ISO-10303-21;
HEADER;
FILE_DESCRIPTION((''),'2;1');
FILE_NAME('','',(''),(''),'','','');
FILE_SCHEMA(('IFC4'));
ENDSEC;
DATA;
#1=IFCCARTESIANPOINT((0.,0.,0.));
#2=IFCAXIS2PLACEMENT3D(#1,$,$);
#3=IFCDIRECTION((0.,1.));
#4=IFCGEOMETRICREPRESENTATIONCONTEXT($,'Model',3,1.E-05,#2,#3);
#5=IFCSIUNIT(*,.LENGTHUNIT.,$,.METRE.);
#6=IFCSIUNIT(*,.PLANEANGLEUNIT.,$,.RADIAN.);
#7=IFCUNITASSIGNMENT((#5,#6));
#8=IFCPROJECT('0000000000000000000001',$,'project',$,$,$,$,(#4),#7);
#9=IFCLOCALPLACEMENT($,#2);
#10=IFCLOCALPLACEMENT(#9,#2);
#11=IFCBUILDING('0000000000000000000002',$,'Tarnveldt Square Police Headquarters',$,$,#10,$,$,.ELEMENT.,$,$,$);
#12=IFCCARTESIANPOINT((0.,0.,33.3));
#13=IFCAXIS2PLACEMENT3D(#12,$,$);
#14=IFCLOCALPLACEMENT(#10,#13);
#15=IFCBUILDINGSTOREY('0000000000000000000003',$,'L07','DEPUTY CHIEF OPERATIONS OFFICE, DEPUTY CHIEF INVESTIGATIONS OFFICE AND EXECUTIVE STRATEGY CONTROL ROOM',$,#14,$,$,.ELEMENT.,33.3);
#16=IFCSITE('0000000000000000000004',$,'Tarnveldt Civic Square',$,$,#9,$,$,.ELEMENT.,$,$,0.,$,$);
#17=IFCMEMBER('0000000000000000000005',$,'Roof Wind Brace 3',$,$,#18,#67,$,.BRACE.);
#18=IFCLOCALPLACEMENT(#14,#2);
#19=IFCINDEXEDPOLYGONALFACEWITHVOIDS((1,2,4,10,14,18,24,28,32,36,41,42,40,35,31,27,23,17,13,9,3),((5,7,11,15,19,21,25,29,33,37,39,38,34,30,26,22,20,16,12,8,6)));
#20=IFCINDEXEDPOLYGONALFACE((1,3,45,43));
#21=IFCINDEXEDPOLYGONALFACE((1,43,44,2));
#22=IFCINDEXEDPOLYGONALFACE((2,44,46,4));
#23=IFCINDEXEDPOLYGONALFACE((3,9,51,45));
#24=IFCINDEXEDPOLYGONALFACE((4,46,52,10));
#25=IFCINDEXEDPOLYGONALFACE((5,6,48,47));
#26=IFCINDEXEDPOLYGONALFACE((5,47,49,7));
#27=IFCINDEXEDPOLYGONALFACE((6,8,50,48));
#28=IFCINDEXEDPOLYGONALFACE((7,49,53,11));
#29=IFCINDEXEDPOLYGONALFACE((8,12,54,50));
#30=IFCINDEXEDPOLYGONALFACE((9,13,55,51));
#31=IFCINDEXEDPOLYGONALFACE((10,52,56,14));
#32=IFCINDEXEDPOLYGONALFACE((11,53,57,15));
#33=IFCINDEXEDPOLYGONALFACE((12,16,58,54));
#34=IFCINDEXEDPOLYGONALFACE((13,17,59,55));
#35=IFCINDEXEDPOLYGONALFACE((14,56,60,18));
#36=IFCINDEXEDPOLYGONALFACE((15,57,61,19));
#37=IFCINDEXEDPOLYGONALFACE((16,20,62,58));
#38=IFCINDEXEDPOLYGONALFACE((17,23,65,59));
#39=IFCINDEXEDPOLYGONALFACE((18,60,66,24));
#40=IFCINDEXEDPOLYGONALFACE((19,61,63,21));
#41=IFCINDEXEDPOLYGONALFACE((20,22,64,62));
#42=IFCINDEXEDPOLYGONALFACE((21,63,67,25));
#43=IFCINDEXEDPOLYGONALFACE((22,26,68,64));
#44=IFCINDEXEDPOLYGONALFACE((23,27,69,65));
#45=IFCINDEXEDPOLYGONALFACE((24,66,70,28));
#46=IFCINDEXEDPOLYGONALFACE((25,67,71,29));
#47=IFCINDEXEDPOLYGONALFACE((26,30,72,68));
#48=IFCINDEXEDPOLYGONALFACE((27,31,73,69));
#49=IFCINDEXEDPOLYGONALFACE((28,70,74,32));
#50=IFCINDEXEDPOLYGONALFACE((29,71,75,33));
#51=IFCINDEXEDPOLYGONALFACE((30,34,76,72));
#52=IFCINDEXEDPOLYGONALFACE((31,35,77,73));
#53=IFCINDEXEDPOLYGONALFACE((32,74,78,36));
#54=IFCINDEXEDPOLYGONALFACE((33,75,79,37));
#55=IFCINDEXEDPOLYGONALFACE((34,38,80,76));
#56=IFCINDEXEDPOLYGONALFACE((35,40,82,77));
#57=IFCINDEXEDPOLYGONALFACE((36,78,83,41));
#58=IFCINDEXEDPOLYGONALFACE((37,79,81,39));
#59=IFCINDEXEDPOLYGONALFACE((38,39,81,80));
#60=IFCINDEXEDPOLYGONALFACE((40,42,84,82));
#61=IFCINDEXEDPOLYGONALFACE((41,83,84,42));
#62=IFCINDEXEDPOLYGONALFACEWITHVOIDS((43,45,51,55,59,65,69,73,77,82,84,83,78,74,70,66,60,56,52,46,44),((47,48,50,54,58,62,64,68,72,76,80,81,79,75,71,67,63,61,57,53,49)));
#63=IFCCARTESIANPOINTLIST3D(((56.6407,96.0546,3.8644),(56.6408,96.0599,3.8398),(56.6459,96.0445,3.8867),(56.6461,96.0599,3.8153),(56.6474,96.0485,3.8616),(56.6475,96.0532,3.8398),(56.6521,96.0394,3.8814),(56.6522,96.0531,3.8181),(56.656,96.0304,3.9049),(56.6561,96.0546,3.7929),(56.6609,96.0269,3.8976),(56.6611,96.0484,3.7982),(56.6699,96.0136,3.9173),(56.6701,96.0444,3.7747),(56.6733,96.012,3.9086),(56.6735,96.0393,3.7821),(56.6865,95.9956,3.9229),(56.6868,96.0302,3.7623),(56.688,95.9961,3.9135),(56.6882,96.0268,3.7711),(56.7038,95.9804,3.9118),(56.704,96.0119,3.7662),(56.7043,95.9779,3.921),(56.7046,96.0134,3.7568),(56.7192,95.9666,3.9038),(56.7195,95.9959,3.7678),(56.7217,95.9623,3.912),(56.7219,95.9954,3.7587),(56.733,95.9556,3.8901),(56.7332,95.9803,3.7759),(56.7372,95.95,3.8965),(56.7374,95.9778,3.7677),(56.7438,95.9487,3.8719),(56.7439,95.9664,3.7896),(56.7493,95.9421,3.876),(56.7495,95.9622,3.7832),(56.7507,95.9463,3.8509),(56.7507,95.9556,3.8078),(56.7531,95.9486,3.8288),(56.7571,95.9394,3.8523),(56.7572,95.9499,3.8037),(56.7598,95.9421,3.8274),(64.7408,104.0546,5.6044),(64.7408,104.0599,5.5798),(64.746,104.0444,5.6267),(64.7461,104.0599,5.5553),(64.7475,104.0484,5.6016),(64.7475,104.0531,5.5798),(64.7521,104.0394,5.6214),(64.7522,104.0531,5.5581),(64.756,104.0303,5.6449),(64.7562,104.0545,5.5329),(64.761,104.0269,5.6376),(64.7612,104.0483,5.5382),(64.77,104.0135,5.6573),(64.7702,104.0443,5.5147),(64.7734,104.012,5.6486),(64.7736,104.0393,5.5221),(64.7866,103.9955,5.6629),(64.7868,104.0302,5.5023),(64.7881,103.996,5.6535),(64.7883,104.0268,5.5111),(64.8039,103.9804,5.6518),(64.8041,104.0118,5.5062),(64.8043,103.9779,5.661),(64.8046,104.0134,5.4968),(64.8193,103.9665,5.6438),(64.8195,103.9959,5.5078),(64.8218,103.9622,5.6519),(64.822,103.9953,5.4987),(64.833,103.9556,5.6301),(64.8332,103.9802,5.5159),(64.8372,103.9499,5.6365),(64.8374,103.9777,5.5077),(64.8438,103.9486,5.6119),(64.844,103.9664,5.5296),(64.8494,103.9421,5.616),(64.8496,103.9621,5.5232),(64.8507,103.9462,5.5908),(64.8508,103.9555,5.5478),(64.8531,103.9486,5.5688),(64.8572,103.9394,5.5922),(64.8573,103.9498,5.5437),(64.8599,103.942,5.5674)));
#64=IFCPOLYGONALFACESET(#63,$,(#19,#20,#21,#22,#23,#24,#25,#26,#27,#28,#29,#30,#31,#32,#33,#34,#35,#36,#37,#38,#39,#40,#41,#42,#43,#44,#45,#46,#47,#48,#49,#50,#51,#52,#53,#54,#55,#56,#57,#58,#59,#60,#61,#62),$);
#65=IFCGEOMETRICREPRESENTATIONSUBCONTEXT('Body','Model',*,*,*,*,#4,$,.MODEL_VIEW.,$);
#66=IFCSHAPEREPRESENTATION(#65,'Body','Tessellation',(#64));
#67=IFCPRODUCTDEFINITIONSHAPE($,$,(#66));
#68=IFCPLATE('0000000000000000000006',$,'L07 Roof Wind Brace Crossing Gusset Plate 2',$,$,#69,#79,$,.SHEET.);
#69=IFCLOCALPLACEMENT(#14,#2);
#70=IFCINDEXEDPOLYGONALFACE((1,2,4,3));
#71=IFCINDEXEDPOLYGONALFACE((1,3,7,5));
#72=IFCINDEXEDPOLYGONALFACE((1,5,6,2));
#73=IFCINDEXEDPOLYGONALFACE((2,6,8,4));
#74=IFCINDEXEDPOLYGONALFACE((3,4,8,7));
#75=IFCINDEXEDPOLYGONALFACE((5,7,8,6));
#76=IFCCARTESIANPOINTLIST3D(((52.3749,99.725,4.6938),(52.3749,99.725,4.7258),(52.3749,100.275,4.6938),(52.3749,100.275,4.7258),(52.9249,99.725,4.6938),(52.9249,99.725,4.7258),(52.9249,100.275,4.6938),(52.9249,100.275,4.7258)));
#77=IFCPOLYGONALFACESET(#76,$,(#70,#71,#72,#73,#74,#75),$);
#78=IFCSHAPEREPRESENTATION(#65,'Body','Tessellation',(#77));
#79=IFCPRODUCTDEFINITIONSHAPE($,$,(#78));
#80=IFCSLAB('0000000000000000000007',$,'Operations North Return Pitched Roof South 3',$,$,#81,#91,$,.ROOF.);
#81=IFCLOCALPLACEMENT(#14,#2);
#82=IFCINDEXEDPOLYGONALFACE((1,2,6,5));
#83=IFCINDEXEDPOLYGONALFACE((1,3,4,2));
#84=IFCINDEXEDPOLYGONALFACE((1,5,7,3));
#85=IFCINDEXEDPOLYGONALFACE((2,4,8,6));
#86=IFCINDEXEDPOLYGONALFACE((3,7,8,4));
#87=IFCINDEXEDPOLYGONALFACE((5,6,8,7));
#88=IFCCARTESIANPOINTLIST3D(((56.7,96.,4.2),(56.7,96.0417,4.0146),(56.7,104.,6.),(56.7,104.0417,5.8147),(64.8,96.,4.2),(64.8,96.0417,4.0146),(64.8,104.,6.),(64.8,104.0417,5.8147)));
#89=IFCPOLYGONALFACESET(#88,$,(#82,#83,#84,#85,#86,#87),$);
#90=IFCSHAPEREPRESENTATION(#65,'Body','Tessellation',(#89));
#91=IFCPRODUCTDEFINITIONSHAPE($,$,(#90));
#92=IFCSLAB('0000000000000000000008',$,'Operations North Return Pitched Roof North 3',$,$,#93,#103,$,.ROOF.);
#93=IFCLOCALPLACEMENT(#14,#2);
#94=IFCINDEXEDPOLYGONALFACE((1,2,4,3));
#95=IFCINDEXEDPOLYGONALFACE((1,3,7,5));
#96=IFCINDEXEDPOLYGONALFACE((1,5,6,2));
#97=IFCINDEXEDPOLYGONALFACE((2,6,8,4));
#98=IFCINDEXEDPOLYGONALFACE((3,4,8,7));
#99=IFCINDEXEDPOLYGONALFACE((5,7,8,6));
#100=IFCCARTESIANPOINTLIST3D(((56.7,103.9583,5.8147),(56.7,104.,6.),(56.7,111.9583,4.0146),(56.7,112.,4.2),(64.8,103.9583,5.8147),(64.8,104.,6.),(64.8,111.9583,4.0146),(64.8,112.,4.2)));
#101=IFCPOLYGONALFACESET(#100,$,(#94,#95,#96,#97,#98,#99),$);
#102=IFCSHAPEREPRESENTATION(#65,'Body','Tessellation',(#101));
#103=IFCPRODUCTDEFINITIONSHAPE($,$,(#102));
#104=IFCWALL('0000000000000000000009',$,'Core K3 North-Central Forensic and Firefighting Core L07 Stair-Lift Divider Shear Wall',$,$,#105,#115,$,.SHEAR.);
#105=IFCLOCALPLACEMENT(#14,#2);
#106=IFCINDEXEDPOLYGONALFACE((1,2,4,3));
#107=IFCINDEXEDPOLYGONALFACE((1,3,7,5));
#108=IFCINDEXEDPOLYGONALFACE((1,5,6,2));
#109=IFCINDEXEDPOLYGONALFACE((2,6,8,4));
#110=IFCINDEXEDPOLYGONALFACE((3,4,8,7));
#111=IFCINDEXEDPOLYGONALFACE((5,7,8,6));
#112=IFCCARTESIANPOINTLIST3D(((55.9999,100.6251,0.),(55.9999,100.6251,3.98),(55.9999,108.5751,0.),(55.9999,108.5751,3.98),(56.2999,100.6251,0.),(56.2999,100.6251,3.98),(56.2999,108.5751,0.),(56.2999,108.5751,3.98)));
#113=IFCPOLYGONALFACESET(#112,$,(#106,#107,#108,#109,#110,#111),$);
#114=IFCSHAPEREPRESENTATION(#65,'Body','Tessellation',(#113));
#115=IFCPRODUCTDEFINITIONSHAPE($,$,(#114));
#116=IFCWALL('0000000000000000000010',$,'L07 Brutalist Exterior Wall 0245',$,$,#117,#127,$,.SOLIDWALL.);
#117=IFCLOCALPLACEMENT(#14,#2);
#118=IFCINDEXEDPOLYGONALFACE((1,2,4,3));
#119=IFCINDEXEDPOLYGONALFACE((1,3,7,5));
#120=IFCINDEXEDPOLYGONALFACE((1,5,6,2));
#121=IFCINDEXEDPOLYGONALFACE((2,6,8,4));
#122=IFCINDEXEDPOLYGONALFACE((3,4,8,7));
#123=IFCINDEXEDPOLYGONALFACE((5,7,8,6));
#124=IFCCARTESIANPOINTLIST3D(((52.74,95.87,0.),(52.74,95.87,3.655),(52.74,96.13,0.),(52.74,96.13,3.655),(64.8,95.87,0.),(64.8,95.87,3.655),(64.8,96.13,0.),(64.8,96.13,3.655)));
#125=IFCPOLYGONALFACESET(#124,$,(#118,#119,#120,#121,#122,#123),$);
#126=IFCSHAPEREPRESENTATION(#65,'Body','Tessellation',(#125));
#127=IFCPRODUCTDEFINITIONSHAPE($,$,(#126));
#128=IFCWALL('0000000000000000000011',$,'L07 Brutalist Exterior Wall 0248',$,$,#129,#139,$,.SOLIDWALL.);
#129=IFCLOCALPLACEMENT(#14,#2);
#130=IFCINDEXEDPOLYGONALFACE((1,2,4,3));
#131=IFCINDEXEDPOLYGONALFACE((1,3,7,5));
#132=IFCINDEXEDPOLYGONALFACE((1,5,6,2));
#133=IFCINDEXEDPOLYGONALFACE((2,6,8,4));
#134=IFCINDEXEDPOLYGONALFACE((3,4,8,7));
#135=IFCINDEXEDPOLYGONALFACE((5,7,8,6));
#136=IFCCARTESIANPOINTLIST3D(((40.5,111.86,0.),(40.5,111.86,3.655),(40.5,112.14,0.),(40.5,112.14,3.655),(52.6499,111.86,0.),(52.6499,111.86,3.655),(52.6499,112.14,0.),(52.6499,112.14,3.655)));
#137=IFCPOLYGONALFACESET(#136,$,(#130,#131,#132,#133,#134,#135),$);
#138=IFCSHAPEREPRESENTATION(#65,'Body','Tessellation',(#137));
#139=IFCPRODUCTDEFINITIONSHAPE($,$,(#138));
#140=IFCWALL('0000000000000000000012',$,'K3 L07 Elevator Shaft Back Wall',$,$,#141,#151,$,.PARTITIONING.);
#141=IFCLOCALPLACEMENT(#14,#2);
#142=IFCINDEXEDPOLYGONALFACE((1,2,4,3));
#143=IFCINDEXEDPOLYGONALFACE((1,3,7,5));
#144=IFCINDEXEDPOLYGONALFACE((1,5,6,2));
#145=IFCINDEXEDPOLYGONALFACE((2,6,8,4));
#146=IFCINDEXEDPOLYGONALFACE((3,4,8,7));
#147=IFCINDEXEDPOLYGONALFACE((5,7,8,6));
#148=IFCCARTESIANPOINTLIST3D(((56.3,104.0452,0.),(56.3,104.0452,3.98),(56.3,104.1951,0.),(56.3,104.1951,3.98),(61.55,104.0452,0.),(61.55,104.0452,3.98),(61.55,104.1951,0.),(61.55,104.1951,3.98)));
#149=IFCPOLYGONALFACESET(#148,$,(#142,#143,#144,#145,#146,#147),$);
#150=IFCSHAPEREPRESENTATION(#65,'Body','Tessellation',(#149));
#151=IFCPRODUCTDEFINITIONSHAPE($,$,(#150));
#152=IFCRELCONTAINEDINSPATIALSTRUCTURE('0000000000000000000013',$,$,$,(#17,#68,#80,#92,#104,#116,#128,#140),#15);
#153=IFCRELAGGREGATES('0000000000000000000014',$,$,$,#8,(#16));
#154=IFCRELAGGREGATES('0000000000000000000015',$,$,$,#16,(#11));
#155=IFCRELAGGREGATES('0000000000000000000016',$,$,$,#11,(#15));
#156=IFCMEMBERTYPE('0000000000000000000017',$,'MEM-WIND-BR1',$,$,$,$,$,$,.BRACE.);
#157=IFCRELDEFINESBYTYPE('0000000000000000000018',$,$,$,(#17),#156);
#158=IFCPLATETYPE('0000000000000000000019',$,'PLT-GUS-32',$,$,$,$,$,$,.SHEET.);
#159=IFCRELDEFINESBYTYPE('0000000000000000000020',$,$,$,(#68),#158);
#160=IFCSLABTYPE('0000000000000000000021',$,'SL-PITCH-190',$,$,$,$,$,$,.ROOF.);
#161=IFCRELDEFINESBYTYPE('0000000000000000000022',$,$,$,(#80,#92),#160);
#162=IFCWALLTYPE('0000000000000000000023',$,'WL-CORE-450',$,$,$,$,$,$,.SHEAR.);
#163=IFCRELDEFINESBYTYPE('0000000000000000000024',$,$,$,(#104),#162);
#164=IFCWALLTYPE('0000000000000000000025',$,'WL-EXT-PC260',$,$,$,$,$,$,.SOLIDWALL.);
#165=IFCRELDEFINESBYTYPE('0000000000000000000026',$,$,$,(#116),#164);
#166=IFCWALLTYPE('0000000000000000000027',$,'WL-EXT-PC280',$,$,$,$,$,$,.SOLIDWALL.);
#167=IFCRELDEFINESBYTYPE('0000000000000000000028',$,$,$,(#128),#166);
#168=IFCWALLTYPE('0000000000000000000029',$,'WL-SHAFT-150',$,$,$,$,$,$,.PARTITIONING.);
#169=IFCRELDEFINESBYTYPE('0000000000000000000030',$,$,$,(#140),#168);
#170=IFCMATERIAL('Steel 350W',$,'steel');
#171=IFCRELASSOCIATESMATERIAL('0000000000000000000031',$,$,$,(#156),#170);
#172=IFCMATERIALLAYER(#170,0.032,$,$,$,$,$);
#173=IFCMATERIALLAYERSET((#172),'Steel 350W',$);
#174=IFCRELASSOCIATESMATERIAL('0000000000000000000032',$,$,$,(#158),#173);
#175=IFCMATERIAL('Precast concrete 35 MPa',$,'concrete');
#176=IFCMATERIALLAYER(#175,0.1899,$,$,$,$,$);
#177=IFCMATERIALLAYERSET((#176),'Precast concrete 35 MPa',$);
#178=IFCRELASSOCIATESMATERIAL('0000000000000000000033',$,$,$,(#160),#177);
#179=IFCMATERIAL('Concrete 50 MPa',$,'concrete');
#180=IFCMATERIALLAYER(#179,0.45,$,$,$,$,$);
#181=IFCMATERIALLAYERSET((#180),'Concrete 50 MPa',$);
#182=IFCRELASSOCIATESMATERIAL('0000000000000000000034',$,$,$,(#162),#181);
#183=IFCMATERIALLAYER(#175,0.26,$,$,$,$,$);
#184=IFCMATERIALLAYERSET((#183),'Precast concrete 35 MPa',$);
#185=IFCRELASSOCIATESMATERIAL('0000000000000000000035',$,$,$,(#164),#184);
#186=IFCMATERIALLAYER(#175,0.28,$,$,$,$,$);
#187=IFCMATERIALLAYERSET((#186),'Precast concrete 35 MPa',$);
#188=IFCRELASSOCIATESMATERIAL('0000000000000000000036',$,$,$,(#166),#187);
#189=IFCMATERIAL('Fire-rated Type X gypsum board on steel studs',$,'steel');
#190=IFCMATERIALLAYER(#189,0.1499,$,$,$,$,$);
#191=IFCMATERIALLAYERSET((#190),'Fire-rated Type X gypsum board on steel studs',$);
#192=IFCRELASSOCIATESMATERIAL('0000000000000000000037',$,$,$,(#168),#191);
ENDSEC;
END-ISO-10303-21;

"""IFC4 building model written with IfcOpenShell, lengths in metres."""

from ifc_helpers import new_model, si_unit, direction, frame, frame_2d, origin, origin_2d, place, context, subcontext, project, spatial, polyline, rectangle, hollow_circle, outline, extrude, material, layer, layer_set, material_profile, profile_set, type_object, element, save


model = new_model("IFC4")

# Units and contexts
model_context = context("Model", 3, precision=1e-05, world=origin(), true_north=direction((0.0, 1.0)))
body_context = subcontext(model_context, "Body", "Model", "MODEL_VIEW")
ifc_project = project(units=[si_unit("LENGTHUNIT", "METRE"), si_unit("PLANEANGLEUNIT", "RADIAN")], contexts=[model_context])

# Site, building, storey
site_placement = place(None, origin())
site = spatial("IfcSite", under=ifc_project, at=site_placement, Name="Tarnveldt Civic Square", CompositionType="ELEMENT", RefElevation=0.0)
building_placement = place(site_placement, origin())
building = spatial("IfcBuilding", under=site, at=building_placement, Name="Tarnveldt Square Police Headquarters", CompositionType="ELEMENT")
storey_placement = place(building_placement, frame((0.0, 0.0, 33.3)))
storey = spatial("IfcBuildingStorey", under=building, at=storey_placement, Name="L07", Description="DEPUTY CHIEF OPERATIONS OFFICE, DEPUTY CHIEF INVESTIGATIONS OFFICE AND EXECUTIVE STRATEGY CONTROL ROOM", CompositionType="ELEMENT", Elevation=33.3)

# Shared definitions
ifc_material_1 = material(Name="Steel 350W", Category="steel")

# Member
ifc_material_profile_1 = material_profile(ifc_material_1, hollow_circle(Radius=0.0842, WallThickness=0.0095, at=origin_2d()), Name="HSS168x9.5")
ifc_profile_set_1 = profile_set([ifc_material_profile_1], Name="Steel 350W")
member_type_1 = type_object("IfcMemberType", Name="MEM-WIND-BR1", PredefinedType="BRACE", material=ifc_profile_set_1)
member_1_placement = place(storey_placement, frame((56.7, 96.0, 3.8398), z_axis=(0.703322, 0.694631, 0.151081), x_axis=(-0.702697, 0.711489, 0.0)))
element("IfcMember", 1, at=member_1_placement, inside=storey, type_object=member_type_1, Name="Roof Wind Brace 3", PredefinedType="BRACE", context=body_context, shape_type="SweptSolid", body=[
    extrude(hollow_circle(Radius=0.0842, WallThickness=0.0095, at=origin_2d()), origin(), (0.0, 0.0, 1.0), 11.5168),
])

# Plate
ifc_layer_1 = layer(ifc_material_1, 0.032)
ifc_layer_set_1 = layer_set([ifc_layer_1], Name="Steel 350W")
plate_type = type_object("IfcPlateType", Name="PLT-GUS-32", PredefinedType="SHEET", material=ifc_layer_set_1)
plate_placement = place(storey_placement, frame((52.6499, 100.0, 4.6938), z_axis=(0.0, 0.0, 1.0), x_axis=(1.0, 0.0, 0.0)))
element("IfcPlate", 2, at=plate_placement, inside=storey, type_object=plate_type, Name="L07 Roof Wind Brace Crossing Gusset Plate 2", PredefinedType="SHEET", context=body_context, shape_type="SweptSolid", body=[
    extrude(rectangle(XDim=0.55, YDim=0.55, at=origin_2d()), origin(), (0.0, 0.0, 1.0), 0.032),
])

# Slabs
ifc_material_2 = material(Name="Precast concrete 35 MPa", Category="concrete")
ifc_layer_2 = layer(ifc_material_2, 0.1899)
ifc_layer_set_2 = layer_set([ifc_layer_2], Name="Precast concrete 35 MPa")
slab_type = type_object("IfcSlabType", Name="SL-PITCH-190", PredefinedType="ROOF", material=ifc_layer_set_2)
for number, where, z_axis, x_axis, name in (
    (3, (56.7, 96.0, 4.2), (0.0, -0.219518, 0.975608), (1.0, 0.0, 0.0), "Operations North Return Pitched Roof South 3"),
    (4, (56.7, 104.0, 6.0), (0.0, 0.219518, 0.975608), (1.0, 0.0, 0.0), "Operations North Return Pitched Roof North 3"),
):
    element("IfcSlab", number, at=place(storey_placement, frame(where, z_axis=z_axis, x_axis=x_axis)), inside=storey, type_object=slab_type, Name=name, PredefinedType="ROOF", context=body_context, shape_type="SweptSolid", body=[
        extrude(outline(polyline([(0.0, 0.0), (8.1001, 0.0), (8.1001, 8.2), (0.0, 8.2), (0.0, 0.0)])), origin(), (0.0, 0.0, -1.0), 0.1899),
    ])

# Walls
ifc_material_3 = material(Name="Concrete 50 MPa", Category="concrete")
ifc_layer_3 = layer(ifc_material_3, 0.45)
ifc_layer_set_3 = layer_set([ifc_layer_3], Name="Concrete 50 MPa")
wall_type_1 = type_object("IfcWallType", Name="WL-CORE-450", PredefinedType="SHEAR", material=ifc_layer_set_3)
wall_1_placement = place(storey_placement, frame((56.1499, 100.625, 0.0), z_axis=(0.0, 0.0, 1.0), x_axis=(0.0, 1.0, 0.0)))
element("IfcWall", 5, at=wall_1_placement, inside=storey, type_object=wall_type_1, Name="Core K3 North-Central Forensic and Firefighting Core L07 Stair-Lift Divider Shear Wall", PredefinedType="SHEAR", context=body_context, shape_type="SweptSolid", body=[
    extrude(rectangle(XDim=7.95, YDim=0.3, at=frame_2d((3.9751, 0.0))), origin(), (0.0, 0.0, 1.0), 3.98),
])
ifc_layer_4 = layer(ifc_material_2, 0.26)
ifc_layer_set_4 = layer_set([ifc_layer_4], Name="Precast concrete 35 MPa")
wall_type_2 = type_object("IfcWallType", Name="WL-EXT-PC260", PredefinedType="SOLIDWALL", material=ifc_layer_set_4)
wall_2_placement = place(storey_placement, frame((52.74, 96.0, 0.0), z_axis=(0.0, 0.0, 1.0), x_axis=(1.0, 0.0, 0.0)))
element("IfcWall", 6, at=wall_2_placement, inside=storey, type_object=wall_type_2, Name="L07 Brutalist Exterior Wall 0245", PredefinedType="SOLIDWALL", context=body_context, shape_type="SweptSolid", body=[
    extrude(rectangle(XDim=12.0601, YDim=0.26, at=frame_2d((6.03, 0.0))), origin(), (0.0, 0.0, 1.0), 3.655),
])
ifc_layer_5 = layer(ifc_material_2, 0.28)
ifc_layer_set_5 = layer_set([ifc_layer_5], Name="Precast concrete 35 MPa")
wall_type_3 = type_object("IfcWallType", Name="WL-EXT-PC280", PredefinedType="SOLIDWALL", material=ifc_layer_set_5)
wall_3_placement = place(storey_placement, frame((52.6499, 112.0, 0.0), z_axis=(0.0, 0.0, 1.0), x_axis=(-1.0, 0.0, 0.0)))
element("IfcWall", 7, at=wall_3_placement, inside=storey, type_object=wall_type_3, Name="L07 Brutalist Exterior Wall 0248", PredefinedType="SOLIDWALL", context=body_context, shape_type="SweptSolid", body=[
    extrude(rectangle(XDim=12.1499, YDim=0.28, at=frame_2d((6.075, 0.0))), origin(), (0.0, 0.0, 1.0), 3.655),
])
ifc_material_4 = material(Name="Fire-rated Type X gypsum board on steel studs", Category="steel")
ifc_layer_6 = layer(ifc_material_4, 0.1499)
ifc_layer_set_6 = layer_set([ifc_layer_6], Name="Fire-rated Type X gypsum board on steel studs")
wall_type_4 = type_object("IfcWallType", Name="WL-SHAFT-150", PredefinedType="PARTITIONING", material=ifc_layer_set_6)
wall_4_placement = place(storey_placement, frame((56.3, 104.1201, 0.0), z_axis=(0.0, 0.0, 1.0), x_axis=(1.0, 0.0, 0.0)))
element("IfcWall", 8, at=wall_4_placement, inside=storey, type_object=wall_type_4, Name="K3 L07 Elevator Shaft Back Wall", PredefinedType="PARTITIONING", context=body_context, shape_type="SweptSolid", body=[
    extrude(rectangle(XDim=5.25, YDim=0.1499, at=frame_2d((2.625, 0.0))), origin(), (0.0, 0.0, 1.0), 3.98),
])

save(model, "model.ifc")
